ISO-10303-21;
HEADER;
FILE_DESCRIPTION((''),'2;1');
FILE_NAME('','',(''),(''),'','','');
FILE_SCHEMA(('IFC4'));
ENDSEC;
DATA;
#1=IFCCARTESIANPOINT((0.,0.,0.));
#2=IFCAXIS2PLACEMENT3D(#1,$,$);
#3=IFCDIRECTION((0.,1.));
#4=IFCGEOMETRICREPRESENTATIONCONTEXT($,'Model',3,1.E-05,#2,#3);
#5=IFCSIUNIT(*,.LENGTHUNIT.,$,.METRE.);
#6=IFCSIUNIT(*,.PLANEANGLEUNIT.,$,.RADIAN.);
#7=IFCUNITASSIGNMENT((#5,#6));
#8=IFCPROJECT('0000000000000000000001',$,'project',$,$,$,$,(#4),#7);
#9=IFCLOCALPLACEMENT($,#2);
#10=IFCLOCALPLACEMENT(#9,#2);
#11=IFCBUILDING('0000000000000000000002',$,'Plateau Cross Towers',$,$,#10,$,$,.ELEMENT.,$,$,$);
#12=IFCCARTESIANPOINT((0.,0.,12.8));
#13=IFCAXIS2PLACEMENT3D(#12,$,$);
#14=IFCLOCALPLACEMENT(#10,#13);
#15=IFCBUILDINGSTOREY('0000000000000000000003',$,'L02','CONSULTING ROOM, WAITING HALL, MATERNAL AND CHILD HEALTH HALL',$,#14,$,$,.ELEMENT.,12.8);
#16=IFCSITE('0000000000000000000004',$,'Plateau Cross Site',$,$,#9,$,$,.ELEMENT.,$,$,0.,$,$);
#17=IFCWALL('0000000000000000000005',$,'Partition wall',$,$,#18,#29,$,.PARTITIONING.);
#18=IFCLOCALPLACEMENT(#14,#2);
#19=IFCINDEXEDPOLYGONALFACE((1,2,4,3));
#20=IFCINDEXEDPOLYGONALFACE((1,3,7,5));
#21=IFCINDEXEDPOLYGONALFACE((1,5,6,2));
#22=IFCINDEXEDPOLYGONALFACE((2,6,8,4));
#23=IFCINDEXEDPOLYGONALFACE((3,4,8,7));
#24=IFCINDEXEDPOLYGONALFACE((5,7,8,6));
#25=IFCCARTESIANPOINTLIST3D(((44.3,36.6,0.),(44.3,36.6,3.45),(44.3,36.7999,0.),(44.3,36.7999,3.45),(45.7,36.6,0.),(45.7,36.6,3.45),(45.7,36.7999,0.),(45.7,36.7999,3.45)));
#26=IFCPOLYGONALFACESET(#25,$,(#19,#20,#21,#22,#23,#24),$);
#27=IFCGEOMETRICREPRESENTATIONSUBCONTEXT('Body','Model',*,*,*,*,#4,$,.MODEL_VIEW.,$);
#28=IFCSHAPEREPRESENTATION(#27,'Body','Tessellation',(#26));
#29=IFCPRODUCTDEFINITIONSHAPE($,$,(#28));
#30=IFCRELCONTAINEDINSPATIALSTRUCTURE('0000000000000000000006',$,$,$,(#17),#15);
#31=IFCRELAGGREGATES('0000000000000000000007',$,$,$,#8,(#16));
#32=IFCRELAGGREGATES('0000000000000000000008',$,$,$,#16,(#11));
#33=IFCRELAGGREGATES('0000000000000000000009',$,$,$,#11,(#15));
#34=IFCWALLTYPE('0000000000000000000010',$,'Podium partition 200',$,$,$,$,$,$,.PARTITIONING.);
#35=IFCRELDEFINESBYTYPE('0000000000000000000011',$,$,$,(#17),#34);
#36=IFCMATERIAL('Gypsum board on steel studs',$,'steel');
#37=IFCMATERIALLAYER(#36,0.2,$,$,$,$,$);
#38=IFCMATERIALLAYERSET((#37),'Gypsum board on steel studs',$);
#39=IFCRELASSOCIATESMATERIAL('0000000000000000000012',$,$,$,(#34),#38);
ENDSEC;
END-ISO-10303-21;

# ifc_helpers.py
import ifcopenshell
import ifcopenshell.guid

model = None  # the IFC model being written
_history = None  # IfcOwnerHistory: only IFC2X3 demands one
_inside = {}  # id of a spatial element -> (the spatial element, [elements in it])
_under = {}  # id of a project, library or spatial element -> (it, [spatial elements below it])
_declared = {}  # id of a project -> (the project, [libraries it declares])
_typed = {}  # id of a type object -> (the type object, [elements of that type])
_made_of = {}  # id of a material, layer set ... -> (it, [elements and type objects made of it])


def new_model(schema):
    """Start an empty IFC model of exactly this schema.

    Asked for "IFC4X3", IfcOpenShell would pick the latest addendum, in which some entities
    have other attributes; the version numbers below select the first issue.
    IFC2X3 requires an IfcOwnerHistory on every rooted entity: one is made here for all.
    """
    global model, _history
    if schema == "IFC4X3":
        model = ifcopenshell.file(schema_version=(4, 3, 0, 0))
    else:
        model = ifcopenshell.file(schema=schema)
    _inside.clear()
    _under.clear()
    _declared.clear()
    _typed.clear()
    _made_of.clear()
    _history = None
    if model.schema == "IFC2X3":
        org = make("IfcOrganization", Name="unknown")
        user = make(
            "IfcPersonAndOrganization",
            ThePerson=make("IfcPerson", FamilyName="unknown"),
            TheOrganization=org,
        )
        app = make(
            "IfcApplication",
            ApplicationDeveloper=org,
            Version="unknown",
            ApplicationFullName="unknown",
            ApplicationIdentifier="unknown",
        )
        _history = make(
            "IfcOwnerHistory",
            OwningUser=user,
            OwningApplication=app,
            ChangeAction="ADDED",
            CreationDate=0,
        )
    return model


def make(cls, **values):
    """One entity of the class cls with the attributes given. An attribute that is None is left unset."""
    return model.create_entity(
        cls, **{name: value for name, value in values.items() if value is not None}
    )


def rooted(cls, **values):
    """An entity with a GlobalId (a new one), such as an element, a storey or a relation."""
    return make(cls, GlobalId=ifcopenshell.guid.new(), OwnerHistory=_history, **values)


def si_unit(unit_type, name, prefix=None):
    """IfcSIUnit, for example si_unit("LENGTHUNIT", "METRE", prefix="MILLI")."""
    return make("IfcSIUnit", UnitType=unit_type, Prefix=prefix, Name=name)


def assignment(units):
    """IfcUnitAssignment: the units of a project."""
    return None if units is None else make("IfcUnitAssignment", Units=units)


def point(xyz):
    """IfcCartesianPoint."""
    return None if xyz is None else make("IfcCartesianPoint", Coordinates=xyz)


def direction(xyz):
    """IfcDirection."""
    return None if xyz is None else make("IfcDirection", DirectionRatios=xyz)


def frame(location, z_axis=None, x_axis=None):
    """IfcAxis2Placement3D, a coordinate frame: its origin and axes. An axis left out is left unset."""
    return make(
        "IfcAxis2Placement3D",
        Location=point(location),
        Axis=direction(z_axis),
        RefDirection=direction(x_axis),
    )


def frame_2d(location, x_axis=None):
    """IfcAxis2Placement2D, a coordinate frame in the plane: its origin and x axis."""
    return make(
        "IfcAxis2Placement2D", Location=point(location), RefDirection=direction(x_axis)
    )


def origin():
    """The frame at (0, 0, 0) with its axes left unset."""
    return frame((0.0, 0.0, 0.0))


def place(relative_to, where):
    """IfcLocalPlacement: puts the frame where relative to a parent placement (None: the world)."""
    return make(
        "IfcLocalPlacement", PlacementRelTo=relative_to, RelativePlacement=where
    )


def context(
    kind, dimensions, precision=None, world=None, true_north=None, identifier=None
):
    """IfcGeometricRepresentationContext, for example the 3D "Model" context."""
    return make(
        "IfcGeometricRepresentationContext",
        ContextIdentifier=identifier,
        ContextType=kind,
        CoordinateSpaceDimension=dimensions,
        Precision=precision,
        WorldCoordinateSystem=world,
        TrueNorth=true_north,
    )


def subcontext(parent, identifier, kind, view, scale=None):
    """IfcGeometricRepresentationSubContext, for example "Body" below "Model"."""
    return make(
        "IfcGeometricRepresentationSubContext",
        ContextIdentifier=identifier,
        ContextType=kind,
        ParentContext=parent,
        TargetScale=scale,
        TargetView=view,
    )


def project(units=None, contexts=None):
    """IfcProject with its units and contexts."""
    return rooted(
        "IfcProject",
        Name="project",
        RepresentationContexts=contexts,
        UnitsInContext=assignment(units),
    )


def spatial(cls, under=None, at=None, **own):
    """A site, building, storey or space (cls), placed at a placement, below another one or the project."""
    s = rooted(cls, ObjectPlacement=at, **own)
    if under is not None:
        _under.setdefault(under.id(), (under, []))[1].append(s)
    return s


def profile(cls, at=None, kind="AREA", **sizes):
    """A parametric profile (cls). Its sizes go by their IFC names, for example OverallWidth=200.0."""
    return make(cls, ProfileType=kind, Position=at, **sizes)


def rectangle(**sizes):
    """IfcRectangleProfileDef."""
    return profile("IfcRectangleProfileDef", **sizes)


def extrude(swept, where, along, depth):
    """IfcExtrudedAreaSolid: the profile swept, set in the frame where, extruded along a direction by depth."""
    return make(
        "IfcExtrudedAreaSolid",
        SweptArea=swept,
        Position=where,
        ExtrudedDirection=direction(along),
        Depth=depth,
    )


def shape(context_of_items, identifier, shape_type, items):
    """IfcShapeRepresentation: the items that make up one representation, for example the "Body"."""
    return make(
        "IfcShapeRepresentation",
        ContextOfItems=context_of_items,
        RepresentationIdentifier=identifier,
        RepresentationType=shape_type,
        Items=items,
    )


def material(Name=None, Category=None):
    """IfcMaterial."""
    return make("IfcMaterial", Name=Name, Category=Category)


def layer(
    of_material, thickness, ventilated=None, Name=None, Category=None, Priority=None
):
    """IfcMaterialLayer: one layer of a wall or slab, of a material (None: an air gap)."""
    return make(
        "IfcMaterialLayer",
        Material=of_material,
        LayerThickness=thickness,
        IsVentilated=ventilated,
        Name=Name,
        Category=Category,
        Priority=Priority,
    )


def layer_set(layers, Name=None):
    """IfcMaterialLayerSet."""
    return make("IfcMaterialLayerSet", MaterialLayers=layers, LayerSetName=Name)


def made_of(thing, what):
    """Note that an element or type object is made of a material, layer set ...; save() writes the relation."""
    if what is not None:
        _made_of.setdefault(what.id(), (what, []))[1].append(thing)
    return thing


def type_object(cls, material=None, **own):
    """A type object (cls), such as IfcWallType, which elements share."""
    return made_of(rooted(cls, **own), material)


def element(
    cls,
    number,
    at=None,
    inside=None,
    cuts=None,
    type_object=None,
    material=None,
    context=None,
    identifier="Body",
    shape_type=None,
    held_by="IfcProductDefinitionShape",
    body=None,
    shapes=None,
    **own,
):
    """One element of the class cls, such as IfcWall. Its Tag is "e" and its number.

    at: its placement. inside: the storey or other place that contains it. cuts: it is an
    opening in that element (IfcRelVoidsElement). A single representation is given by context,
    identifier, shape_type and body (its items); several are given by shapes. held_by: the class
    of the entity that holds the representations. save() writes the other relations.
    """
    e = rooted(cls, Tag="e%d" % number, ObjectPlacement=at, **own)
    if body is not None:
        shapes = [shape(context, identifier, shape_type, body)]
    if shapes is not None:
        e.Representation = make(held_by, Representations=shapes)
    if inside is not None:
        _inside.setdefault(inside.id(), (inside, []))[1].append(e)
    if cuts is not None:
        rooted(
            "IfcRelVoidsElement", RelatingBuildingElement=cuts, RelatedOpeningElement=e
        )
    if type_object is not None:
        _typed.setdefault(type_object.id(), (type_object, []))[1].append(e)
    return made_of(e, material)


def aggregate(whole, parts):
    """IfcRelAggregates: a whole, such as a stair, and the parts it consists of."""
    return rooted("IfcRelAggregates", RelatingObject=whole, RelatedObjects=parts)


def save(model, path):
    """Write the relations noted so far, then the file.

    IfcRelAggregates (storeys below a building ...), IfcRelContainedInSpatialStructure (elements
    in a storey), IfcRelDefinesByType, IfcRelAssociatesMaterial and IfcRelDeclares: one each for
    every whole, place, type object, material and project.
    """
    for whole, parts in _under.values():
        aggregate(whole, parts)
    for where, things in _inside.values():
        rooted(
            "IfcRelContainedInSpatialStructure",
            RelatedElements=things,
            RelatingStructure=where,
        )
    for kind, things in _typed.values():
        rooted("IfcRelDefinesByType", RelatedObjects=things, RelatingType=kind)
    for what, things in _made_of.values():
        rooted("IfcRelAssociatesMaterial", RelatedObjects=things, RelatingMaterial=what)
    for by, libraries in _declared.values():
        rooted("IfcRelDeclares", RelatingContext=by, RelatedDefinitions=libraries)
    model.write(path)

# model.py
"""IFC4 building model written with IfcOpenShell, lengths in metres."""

from ifc_helpers import new_model, si_unit, direction, frame, frame_2d, origin, place, context, subcontext, project, spatial, rectangle, extrude, material, layer, layer_set, type_object, element, save


model = new_model("IFC4")

# Units and contexts
model_context = context("Model", 3, precision=1e-05, world=origin(), true_north=direction((0.0, 1.0)))
body_context = subcontext(model_context, "Body", "Model", "MODEL_VIEW")
ifc_project = project(units=[si_unit("LENGTHUNIT", "METRE"), si_unit("PLANEANGLEUNIT", "RADIAN")], contexts=[model_context])

# Site, building, storey
site_placement = place(None, origin())
site = spatial("IfcSite", under=ifc_project, at=site_placement, Name="Plateau Cross Site", CompositionType="ELEMENT", RefElevation=0.0)
building_placement = place(site_placement, origin())
building = spatial("IfcBuilding", under=site, at=building_placement, Name="Plateau Cross Towers", CompositionType="ELEMENT")
storey_placement = place(building_placement, frame((0.0, 0.0, 12.8)))
storey = spatial("IfcBuildingStorey", under=building, at=storey_placement, Name="L02", Description="CONSULTING ROOM, WAITING HALL, MATERNAL AND CHILD HEALTH HALL", CompositionType="ELEMENT", Elevation=12.8)

# Wall
ifc_material_1 = material(Name="Gypsum board on steel studs", Category="steel")
ifc_layer_1 = layer(ifc_material_1, 0.2)
ifc_layer_set_1 = layer_set([ifc_layer_1], Name="Gypsum board on steel studs")
wall_type = type_object("IfcWallType", Name="Podium partition 200", PredefinedType="PARTITIONING", material=ifc_layer_set_1)
wall_1_placement = place(storey_placement, frame((45.7, 36.7, 0.0), z_axis=(0.0, 0.0, 1.0), x_axis=(-1.0, 0.0, 0.0)))
element("IfcWall", 1, at=wall_1_placement, inside=storey, type_object=wall_type, Name="Partition wall", PredefinedType="PARTITIONING", context=body_context, shape_type="SweptSolid", body=[
    extrude(rectangle(XDim=1.3999, YDim=0.2, at=frame_2d((0.7, 0.0))), origin(), (0.0, 0.0, 1.0), 3.45),
])

save(model, "model.ifc")
